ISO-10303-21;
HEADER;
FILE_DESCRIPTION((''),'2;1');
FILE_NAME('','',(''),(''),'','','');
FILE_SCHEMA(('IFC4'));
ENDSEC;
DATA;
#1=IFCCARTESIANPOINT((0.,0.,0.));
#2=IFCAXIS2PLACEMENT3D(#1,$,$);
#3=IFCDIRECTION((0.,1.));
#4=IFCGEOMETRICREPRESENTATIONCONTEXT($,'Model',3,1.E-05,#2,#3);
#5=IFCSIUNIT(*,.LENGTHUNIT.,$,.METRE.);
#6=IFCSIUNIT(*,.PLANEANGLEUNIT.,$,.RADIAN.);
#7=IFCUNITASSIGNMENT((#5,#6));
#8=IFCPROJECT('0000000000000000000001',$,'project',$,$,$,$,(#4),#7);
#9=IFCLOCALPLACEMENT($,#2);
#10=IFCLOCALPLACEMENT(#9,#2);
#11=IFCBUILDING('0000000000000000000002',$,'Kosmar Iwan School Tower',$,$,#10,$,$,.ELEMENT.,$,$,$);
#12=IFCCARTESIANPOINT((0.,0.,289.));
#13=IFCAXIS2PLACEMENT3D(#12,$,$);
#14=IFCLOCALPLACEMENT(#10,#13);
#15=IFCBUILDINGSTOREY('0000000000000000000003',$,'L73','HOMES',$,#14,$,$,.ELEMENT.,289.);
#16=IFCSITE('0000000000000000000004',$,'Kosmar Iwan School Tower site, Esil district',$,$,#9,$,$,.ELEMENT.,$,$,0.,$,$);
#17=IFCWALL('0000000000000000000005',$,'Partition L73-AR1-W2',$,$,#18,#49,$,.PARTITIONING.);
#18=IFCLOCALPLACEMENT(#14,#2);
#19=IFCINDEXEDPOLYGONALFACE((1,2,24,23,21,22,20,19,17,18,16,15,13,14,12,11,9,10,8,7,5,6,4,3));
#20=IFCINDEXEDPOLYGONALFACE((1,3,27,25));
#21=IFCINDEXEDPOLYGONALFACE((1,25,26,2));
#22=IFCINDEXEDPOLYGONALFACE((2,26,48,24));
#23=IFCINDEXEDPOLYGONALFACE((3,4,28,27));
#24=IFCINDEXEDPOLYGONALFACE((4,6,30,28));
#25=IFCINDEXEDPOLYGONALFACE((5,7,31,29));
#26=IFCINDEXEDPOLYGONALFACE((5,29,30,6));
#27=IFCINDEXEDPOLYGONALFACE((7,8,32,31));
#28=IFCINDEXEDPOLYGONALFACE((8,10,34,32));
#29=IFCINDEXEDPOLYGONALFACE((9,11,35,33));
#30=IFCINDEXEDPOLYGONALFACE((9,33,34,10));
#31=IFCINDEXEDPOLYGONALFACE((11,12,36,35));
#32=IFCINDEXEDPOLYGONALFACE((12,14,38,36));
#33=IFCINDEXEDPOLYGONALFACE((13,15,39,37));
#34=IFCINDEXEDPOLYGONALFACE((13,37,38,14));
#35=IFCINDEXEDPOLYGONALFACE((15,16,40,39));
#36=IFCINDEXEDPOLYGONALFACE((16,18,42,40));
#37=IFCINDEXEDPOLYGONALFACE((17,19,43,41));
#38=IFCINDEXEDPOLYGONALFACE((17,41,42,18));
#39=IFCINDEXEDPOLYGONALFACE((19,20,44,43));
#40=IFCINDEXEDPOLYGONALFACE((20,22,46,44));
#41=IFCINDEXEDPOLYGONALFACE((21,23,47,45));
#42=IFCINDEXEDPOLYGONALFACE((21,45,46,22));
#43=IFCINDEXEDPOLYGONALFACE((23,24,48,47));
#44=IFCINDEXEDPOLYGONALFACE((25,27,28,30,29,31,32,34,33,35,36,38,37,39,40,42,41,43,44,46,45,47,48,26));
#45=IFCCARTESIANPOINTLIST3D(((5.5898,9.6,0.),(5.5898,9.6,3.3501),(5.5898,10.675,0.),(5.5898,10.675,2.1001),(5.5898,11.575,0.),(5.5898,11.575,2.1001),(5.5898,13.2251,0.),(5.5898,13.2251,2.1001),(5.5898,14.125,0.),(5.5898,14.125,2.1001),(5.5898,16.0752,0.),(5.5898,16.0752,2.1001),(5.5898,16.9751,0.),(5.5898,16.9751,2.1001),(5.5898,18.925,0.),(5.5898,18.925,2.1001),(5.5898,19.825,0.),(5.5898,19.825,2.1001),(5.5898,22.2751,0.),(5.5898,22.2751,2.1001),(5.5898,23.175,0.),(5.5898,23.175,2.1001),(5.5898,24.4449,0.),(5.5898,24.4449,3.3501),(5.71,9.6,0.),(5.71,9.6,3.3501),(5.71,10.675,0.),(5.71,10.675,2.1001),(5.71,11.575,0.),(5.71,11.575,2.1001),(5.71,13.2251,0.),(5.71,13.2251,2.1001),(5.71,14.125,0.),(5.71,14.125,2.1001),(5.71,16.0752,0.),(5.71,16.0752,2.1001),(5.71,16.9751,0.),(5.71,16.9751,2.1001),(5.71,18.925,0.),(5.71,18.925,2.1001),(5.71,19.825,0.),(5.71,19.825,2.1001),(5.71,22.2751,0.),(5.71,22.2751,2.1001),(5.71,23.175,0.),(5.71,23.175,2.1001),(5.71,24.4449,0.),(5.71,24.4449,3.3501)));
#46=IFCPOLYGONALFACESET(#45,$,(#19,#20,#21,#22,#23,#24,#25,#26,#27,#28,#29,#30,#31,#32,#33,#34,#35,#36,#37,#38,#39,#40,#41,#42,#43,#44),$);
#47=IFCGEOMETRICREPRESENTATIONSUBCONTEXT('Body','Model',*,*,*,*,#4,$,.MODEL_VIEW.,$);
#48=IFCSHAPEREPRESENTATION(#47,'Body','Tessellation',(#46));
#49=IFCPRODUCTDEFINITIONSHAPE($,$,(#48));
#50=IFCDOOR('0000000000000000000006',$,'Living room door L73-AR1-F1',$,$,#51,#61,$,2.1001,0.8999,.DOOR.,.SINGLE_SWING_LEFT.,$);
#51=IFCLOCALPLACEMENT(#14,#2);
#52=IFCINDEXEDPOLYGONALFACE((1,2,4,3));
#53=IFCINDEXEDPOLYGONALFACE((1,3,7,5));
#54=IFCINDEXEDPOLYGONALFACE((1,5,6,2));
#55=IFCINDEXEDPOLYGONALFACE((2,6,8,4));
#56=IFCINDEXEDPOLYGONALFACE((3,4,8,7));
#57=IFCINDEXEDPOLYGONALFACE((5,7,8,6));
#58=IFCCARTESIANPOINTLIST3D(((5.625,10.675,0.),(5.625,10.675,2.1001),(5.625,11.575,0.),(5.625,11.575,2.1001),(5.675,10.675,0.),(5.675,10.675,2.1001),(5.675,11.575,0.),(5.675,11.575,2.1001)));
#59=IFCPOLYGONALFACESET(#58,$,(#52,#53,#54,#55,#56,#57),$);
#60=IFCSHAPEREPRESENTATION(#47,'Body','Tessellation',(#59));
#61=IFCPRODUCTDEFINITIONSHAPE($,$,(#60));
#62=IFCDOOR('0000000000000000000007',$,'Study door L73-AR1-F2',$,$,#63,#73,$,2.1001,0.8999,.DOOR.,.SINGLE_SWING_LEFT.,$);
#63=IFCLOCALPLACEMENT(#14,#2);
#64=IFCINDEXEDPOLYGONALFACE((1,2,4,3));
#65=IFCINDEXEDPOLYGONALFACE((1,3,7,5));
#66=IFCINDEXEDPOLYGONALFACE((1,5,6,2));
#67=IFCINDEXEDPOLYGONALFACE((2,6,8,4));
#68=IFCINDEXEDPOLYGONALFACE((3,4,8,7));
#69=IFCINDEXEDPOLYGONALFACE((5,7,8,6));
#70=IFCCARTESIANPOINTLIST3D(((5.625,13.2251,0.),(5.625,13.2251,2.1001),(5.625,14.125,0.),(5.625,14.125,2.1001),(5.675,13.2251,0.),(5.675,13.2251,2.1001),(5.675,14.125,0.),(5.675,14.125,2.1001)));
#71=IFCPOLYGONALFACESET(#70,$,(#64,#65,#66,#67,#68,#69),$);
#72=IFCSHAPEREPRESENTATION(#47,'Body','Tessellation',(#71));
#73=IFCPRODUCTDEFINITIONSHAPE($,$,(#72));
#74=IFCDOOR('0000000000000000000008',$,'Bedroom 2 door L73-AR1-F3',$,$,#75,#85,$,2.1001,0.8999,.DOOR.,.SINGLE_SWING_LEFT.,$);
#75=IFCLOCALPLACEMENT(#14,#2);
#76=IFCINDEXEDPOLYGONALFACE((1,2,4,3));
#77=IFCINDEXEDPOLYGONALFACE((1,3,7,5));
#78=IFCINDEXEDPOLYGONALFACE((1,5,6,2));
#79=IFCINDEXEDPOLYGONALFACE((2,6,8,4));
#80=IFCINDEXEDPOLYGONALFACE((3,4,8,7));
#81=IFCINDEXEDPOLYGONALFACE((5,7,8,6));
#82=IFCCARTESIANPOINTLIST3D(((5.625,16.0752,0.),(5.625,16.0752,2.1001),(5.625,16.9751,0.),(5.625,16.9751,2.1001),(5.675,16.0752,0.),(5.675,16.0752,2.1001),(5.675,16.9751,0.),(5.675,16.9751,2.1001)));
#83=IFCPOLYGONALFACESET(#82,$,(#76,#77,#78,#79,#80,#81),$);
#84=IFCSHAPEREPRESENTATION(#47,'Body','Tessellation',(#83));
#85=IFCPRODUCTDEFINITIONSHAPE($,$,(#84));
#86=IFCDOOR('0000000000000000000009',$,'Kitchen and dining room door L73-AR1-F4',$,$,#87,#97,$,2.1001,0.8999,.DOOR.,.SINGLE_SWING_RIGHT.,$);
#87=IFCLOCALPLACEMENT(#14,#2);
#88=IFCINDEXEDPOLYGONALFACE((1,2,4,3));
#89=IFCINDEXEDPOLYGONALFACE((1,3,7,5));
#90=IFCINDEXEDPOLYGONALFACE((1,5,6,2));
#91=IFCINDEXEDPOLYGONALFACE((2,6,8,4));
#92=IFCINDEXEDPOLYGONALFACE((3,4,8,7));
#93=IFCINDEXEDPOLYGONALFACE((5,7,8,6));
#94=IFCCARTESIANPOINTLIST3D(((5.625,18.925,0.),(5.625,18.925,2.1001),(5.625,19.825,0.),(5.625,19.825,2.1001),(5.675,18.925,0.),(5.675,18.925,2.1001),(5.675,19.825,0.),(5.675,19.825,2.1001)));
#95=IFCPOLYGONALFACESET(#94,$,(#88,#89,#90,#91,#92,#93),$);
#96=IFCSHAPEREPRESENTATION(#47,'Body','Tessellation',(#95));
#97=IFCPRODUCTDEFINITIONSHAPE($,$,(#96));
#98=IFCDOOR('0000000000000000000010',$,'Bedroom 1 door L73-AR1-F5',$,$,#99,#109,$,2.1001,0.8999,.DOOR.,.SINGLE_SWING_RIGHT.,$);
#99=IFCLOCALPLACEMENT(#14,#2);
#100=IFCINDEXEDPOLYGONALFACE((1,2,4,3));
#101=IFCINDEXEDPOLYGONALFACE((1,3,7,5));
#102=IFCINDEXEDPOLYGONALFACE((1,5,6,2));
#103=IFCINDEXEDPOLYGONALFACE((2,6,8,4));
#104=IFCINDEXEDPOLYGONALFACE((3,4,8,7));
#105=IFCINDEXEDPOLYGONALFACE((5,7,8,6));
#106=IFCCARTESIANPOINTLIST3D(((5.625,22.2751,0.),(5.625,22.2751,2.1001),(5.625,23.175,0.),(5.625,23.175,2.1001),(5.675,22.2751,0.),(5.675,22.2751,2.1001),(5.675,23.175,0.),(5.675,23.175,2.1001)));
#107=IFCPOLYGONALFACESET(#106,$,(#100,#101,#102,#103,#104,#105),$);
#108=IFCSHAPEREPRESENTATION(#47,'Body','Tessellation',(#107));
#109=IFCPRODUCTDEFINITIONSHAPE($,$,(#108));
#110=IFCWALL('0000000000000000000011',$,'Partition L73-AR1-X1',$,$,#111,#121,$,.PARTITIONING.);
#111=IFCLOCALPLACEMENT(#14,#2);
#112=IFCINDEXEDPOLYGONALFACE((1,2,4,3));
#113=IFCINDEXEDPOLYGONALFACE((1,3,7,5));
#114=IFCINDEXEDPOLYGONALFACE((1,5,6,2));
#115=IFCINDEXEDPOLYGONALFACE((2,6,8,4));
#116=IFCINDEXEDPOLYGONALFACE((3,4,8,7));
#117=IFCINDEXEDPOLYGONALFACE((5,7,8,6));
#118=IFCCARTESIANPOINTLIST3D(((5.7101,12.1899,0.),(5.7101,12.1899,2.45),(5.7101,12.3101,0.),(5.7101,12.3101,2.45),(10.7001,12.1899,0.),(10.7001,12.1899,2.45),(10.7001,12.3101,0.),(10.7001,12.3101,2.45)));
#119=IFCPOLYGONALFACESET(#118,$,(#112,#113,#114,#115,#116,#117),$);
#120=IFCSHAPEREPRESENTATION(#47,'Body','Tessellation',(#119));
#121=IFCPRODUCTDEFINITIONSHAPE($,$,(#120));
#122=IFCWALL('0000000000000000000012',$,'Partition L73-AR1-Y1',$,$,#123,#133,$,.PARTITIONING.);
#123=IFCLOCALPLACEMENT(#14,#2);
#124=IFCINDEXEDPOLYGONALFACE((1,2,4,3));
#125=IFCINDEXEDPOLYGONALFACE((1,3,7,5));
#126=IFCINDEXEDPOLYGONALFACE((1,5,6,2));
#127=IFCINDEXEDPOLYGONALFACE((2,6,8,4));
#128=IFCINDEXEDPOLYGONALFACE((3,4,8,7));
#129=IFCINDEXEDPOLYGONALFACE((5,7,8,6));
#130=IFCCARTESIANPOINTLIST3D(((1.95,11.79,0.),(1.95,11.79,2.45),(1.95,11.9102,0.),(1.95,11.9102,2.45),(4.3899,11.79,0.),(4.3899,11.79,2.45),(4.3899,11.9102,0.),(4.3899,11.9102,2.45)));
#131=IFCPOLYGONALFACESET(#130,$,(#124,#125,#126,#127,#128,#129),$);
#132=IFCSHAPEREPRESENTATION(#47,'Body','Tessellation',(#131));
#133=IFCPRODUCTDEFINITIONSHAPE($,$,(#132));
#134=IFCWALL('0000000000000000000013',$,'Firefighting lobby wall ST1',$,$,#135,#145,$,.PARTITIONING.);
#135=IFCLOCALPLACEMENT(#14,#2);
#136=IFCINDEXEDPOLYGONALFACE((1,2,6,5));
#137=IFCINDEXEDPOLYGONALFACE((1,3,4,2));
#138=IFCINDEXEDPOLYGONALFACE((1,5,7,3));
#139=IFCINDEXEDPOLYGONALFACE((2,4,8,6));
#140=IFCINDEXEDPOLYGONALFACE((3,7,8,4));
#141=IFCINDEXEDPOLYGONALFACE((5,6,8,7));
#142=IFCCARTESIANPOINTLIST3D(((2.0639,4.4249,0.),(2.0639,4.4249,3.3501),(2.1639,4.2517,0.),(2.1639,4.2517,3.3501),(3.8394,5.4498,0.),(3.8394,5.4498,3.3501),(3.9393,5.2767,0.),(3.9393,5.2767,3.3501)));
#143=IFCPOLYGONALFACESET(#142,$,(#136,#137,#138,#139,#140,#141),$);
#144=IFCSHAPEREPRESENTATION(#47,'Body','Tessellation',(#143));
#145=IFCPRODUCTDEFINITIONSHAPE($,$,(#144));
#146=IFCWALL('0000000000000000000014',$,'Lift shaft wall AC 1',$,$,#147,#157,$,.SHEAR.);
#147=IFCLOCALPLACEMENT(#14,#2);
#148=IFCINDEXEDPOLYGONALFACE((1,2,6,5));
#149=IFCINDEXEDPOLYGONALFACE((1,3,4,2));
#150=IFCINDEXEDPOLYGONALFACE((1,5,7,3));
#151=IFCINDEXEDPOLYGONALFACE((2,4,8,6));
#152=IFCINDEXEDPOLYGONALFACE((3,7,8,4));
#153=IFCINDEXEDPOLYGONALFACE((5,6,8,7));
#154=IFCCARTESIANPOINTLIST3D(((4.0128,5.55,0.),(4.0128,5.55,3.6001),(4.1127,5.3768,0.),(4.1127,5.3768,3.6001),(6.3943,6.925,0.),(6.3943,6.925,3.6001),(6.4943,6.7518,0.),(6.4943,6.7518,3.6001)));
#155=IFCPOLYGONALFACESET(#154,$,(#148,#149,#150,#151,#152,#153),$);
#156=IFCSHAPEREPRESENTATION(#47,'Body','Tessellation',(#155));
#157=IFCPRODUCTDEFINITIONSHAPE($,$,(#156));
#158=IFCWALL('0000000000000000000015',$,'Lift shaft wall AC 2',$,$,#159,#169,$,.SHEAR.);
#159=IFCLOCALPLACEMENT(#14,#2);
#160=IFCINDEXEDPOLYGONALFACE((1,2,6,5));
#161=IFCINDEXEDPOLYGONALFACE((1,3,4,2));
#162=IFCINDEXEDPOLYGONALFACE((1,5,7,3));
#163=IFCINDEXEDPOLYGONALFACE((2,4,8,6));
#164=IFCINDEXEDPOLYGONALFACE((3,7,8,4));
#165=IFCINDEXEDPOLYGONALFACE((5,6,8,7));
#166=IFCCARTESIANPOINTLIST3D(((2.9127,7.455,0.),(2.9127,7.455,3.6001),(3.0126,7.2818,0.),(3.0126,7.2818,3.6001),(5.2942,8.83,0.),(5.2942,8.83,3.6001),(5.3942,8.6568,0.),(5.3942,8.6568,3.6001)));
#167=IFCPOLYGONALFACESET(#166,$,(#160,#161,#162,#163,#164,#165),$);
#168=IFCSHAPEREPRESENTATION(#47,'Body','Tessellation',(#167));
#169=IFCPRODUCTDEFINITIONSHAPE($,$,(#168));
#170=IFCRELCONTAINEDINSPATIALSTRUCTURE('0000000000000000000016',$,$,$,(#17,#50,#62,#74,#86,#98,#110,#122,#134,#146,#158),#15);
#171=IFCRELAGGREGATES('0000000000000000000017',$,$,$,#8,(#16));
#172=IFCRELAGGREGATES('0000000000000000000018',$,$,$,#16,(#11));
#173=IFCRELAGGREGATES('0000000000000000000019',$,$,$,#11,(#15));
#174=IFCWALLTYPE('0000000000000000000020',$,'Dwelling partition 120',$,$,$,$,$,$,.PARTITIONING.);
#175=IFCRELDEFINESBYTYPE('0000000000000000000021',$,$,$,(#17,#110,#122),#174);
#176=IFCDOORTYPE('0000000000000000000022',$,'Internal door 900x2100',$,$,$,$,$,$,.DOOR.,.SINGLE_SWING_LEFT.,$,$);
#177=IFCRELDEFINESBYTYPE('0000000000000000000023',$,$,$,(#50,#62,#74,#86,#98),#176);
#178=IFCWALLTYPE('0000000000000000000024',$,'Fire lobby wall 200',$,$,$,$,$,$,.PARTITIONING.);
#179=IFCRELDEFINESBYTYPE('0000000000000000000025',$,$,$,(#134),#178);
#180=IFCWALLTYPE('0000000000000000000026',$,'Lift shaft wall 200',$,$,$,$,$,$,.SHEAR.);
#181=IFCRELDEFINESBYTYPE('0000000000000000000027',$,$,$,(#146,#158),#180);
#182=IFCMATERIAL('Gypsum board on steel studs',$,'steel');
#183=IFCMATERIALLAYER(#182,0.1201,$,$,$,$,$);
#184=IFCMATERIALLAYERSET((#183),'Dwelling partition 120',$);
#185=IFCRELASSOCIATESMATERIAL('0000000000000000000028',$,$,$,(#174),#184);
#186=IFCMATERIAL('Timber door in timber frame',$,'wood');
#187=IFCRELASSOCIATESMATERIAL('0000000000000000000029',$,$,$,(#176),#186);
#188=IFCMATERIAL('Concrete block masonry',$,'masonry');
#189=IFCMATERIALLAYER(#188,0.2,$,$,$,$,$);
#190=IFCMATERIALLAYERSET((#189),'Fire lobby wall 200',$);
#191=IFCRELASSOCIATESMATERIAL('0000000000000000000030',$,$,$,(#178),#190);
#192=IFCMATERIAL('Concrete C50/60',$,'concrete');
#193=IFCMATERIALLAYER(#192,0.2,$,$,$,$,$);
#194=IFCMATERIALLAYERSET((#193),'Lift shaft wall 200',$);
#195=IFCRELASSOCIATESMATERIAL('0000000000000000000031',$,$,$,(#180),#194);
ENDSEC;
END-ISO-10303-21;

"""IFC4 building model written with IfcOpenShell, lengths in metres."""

from ifc_helpers import new_model, si_unit, direction, frame, frame_2d, origin, place, context, subcontext, project, spatial, rectangle, extrude, material, layer, layer_set, type_object, element, fill, save


model = new_model("IFC4")

# Units and contexts
model_context = context("Model", 3, precision=1e-05, world=origin(), true_north=direction((0.0, 1.0)))
body_context = subcontext(model_context, "Body", "Model", "MODEL_VIEW")
ifc_project = project(units=[si_unit("LENGTHUNIT", "METRE"), si_unit("PLANEANGLEUNIT", "RADIAN")], contexts=[model_context])

# Site, building, storey
site_placement = place(None, origin())
site = spatial("IfcSite", under=ifc_project, at=site_placement, Name="Kosmar Iwan School Tower site, Esil district", CompositionType="ELEMENT", RefElevation=0.0)
building_placement = place(site_placement, origin())
building = spatial("IfcBuilding", under=site, at=building_placement, Name="Kosmar Iwan School Tower", CompositionType="ELEMENT")
storey_placement = place(building_placement, frame((0.0, 0.0, 289.0)))
storey = spatial("IfcBuildingStorey", under=building, at=storey_placement, Name="L73", Description="HOMES", CompositionType="ELEMENT", Elevation=289.0)

# Wall, openings, doors
ifc_material_1 = material(Name="Gypsum board on steel studs", Category="steel")
ifc_layer_1 = layer(ifc_material_1, 0.1201)
ifc_layer_set_1 = layer_set([ifc_layer_1], Name="Dwelling partition 120")
wall_type_1 = type_object("IfcWallType", Name="Dwelling partition 120", PredefinedType="PARTITIONING", material=ifc_layer_set_1)
ifc_material_2 = material(Name="Timber door in timber frame", Category="wood")
door_type_1 = type_object("IfcDoorType", Name="Internal door 900x2100", OperationType="SINGLE_SWING_LEFT", PredefinedType="DOOR", material=ifc_material_2)
wall_1_placement = place(storey_placement, frame((5.6499, 9.6001, 0.0), z_axis=(0.0, 0.0, 1.0), x_axis=(0.0, 1.0, 0.0)))
wall_1 = element("IfcWall", 1, at=wall_1_placement, inside=storey, type_object=wall_type_1, Name="Partition L73-AR1-W2", PredefinedType="PARTITIONING", context=body_context, shape_type="SweptSolid", body=[
    extrude(rectangle(XDim=14.845, YDim=0.1201, at=frame_2d((7.4224, 0.0))), origin(), (0.0, 0.0, 1.0), 3.3501),
])
opening_1_placement = place(wall_1_placement, frame((1.075, 0.0, 0.0)))
opening_1 = element("IfcOpeningElement", 2, at=opening_1_placement, cuts=wall_1, PredefinedType="OPENING", context=body_context, shape_type="SweptSolid", body=[
    extrude(rectangle(XDim=0.8999, YDim=2.1001, at=frame_2d((0.45, 1.05))), frame((0.0, 0.072, 0.0), z_axis=(0.0, -1.0, 0.0), x_axis=(1.0, 0.0, 0.0)), (0.0, 0.0, 1.0), 0.144),
])
opening_2_placement = place(wall_1_placement, frame((3.625, 0.0, 0.0)))
opening_2 = element("IfcOpeningElement", 3, at=opening_2_placement, cuts=wall_1, PredefinedType="OPENING", context=body_context, shape_type="SweptSolid", body=[
    extrude(rectangle(XDim=0.8999, YDim=2.1001, at=frame_2d((0.45, 1.05))), frame((0.0, 0.072, 0.0), z_axis=(0.0, -1.0, 0.0), x_axis=(1.0, 0.0, 0.0)), (0.0, 0.0, 1.0), 0.144),
])
opening_3_placement = place(wall_1_placement, frame((6.4751, 0.0, 0.0)))
opening_3 = element("IfcOpeningElement", 4, at=opening_3_placement, cuts=wall_1, PredefinedType="OPENING", context=body_context, shape_type="SweptSolid", body=[
    extrude(rectangle(XDim=0.8999, YDim=2.1001, at=frame_2d((0.45, 1.05))), frame((0.0, 0.072, 0.0), z_axis=(0.0, -1.0, 0.0), x_axis=(1.0, 0.0, 0.0)), (0.0, 0.0, 1.0), 0.144),
])
opening_4_placement = place(wall_1_placement, frame((9.325, 0.0, 0.0)))
opening_4 = element("IfcOpeningElement", 5, at=opening_4_placement, cuts=wall_1, PredefinedType="OPENING", context=body_context, shape_type="SweptSolid", body=[
    extrude(rectangle(XDim=0.8999, YDim=2.1001, at=frame_2d((0.45, 1.05))), frame((0.0, 0.072, 0.0), z_axis=(0.0, -1.0, 0.0), x_axis=(1.0, 0.0, 0.0)), (0.0, 0.0, 1.0), 0.144),
])
opening_5_placement = place(wall_1_placement, frame((12.675, 0.0, 0.0)))
opening_5 = element("IfcOpeningElement", 6, at=opening_5_placement, cuts=wall_1, PredefinedType="OPENING", context=body_context, shape_type="SweptSolid", body=[
    extrude(rectangle(XDim=0.8999, YDim=2.1001, at=frame_2d((0.45, 1.05))), frame((0.0, 0.072, 0.0), z_axis=(0.0, -1.0, 0.0), x_axis=(1.0, 0.0, 0.0)), (0.0, 0.0, 1.0), 0.144),
])
door_1_placement = place(opening_1_placement, origin())
door_1 = element("IfcDoor", 7, at=door_1_placement, inside=storey, type_object=door_type_1, Name="Living room door L73-AR1-F1", OperationType="SINGLE_SWING_LEFT", OverallHeight=2.1001, OverallWidth=0.8999, PredefinedType="DOOR", context=body_context, shape_type="SweptSolid", body=[
    extrude(rectangle(XDim=0.8999, YDim=2.1001, at=frame_2d((0.45, 1.05))), frame((0.0, 0.0249, 0.0), z_axis=(0.0, -1.0, 0.0), x_axis=(1.0, 0.0, 0.0)), (0.0, 0.0, 1.0), 0.05),
])
fill(opening_1, door_1)
door_2_placement = place(opening_2_placement, origin())
door_2 = element("IfcDoor", 8, at=door_2_placement, inside=storey, type_object=door_type_1, Name="Study door L73-AR1-F2", OperationType="SINGLE_SWING_LEFT", OverallHeight=2.1001, OverallWidth=0.8999, PredefinedType="DOOR", context=body_context, shape_type="SweptSolid", body=[
    extrude(rectangle(XDim=0.8999, YDim=2.1001, at=frame_2d((0.45, 1.05))), frame((0.0, 0.0249, 0.0), z_axis=(0.0, -1.0, 0.0), x_axis=(1.0, 0.0, 0.0)), (0.0, 0.0, 1.0), 0.05),
])
fill(opening_2, door_2)
door_3_placement = place(opening_3_placement, origin())
door_3 = element("IfcDoor", 9, at=door_3_placement, inside=storey, type_object=door_type_1, Name="Bedroom 2 door L73-AR1-F3", OperationType="SINGLE_SWING_LEFT", OverallHeight=2.1001, OverallWidth=0.8999, PredefinedType="DOOR", context=body_context, shape_type="SweptSolid", body=[
    extrude(rectangle(XDim=0.8999, YDim=2.1001, at=frame_2d((0.45, 1.05))), frame((0.0, 0.0249, 0.0), z_axis=(0.0, -1.0, 0.0), x_axis=(1.0, 0.0, 0.0)), (0.0, 0.0, 1.0), 0.05),
])
fill(opening_3, door_3)
door_4_placement = place(opening_4_placement, origin())
door_4 = element("IfcDoor", 10, at=door_4_placement, inside=storey, type_object=door_type_1, Name="Kitchen and dining room door L73-AR1-F4", OperationType="SINGLE_SWING_RIGHT", OverallHeight=2.1001, OverallWidth=0.8999, PredefinedType="DOOR", context=body_context, shape_type="SweptSolid", body=[
    extrude(rectangle(XDim=0.8999, YDim=2.1001, at=frame_2d((0.45, 1.05))), frame((0.0, 0.0249, 0.0), z_axis=(0.0, -1.0, 0.0), x_axis=(1.0, 0.0, 0.0)), (0.0, 0.0, 1.0), 0.05),
])
fill(opening_4, door_4)
door_5_placement = place(opening_5_placement, origin())
door_5 = element("IfcDoor", 11, at=door_5_placement, inside=storey, type_object=door_type_1, Name="Bedroom 1 door L73-AR1-F5", OperationType="SINGLE_SWING_RIGHT", OverallHeight=2.1001, OverallWidth=0.8999, PredefinedType="DOOR", context=body_context, shape_type="SweptSolid", body=[
    extrude(rectangle(XDim=0.8999, YDim=2.1001, at=frame_2d((0.45, 1.05))), frame((0.0, 0.0249, 0.0), z_axis=(0.0, -1.0, 0.0), x_axis=(1.0, 0.0, 0.0)), (0.0, 0.0, 1.0), 0.05),
])
fill(opening_5, door_5)

# Walls
wall_2_placement = place(storey_placement, frame((5.71, 12.25, 0.0), z_axis=(0.0, 0.0, 1.0), x_axis=(1.0, 0.0, 0.0)))
element("IfcWall", 12, at=wall_2_placement, inside=storey, type_object=wall_type_1, Name="Partition L73-AR1-X1", PredefinedType="PARTITIONING", context=body_context, shape_type="SweptSolid", body=[
    extrude(rectangle(XDim=4.99, YDim=0.1201, at=frame_2d((2.4951, 0.0))), origin(), (0.0, 0.0, 1.0), 2.45),
])
wall_3_placement = place(storey_placement, frame((1.95, 11.8501, 0.0), z_axis=(0.0, 0.0, 1.0), x_axis=(1.0, 0.0, 0.0)))
element("IfcWall", 13, at=wall_3_placement, inside=storey, type_object=wall_type_1, Name="Partition L73-AR1-Y1", PredefinedType="PARTITIONING", context=body_context, shape_type="SweptSolid", body=[
    extrude(rectangle(XDim=2.4399, YDim=0.1201, at=frame_2d((1.22, 0.0))), origin(), (0.0, 0.0, 1.0), 2.45),
])
ifc_material_3 = material(Name="Concrete block masonry", Category="masonry")
ifc_layer_2 = layer(ifc_material_3, 0.2)
ifc_layer_set_2 = layer_set([ifc_layer_2], Name="Fire lobby wall 200")
wall_type_2 = type_object("IfcWallType", Name="Fire lobby wall 200", PredefinedType="PARTITIONING", material=ifc_layer_set_2)
wall_4_placement = place(storey_placement, frame((2.114, 4.3384, 0.0), z_axis=(0.0, 0.0, 1.0), x_axis=(0.866051, 0.499956, 0.0)))
element("IfcWall", 14, at=wall_4_placement, inside=storey, type_object=wall_type_2, Name="Firefighting lobby wall ST1", PredefinedType="PARTITIONING", context=body_context, shape_type="SweptSolid", body=[
    extrude(rectangle(XDim=2.05, YDim=0.2, at=frame_2d((1.0249, 0.0))), origin(), (0.0, 0.0, 1.0), 3.3501),
])
ifc_material_4 = material(Name="Concrete C50/60", Category="concrete")
ifc_layer_3 = layer(ifc_material_4, 0.2)
ifc_layer_set_3 = layer_set([ifc_layer_3], Name="Lift shaft wall 200")
wall_type_3 = type_object("IfcWallType", Name="Lift shaft wall 200", PredefinedType="SHEAR", material=ifc_layer_set_3)
for number, where, z_axis, x_axis, name in (
    (15, (4.0627, 5.4634, 0.0), (0.0, 0.0, 1.0), (0.866027, 0.499997, 0.0), "Lift shaft wall AC 1"),
    (16, (2.9626, 7.3684, 0.0), (0.0, 0.0, 1.0), (0.866027, 0.499997, 0.0), "Lift shaft wall AC 2"),
):
    element("IfcWall", number, at=place(storey_placement, frame(where, z_axis=z_axis, x_axis=x_axis)), inside=storey, type_object=wall_type_3, Name=name, PredefinedType="SHEAR", context=body_context, shape_type="SweptSolid", body=[
        extrude(rectangle(XDim=2.75, YDim=0.2, at=frame_2d((1.375, 0.0))), origin(), (0.0, 0.0, 1.0), 3.6001),
    ])

save(model, "model.ifc")
